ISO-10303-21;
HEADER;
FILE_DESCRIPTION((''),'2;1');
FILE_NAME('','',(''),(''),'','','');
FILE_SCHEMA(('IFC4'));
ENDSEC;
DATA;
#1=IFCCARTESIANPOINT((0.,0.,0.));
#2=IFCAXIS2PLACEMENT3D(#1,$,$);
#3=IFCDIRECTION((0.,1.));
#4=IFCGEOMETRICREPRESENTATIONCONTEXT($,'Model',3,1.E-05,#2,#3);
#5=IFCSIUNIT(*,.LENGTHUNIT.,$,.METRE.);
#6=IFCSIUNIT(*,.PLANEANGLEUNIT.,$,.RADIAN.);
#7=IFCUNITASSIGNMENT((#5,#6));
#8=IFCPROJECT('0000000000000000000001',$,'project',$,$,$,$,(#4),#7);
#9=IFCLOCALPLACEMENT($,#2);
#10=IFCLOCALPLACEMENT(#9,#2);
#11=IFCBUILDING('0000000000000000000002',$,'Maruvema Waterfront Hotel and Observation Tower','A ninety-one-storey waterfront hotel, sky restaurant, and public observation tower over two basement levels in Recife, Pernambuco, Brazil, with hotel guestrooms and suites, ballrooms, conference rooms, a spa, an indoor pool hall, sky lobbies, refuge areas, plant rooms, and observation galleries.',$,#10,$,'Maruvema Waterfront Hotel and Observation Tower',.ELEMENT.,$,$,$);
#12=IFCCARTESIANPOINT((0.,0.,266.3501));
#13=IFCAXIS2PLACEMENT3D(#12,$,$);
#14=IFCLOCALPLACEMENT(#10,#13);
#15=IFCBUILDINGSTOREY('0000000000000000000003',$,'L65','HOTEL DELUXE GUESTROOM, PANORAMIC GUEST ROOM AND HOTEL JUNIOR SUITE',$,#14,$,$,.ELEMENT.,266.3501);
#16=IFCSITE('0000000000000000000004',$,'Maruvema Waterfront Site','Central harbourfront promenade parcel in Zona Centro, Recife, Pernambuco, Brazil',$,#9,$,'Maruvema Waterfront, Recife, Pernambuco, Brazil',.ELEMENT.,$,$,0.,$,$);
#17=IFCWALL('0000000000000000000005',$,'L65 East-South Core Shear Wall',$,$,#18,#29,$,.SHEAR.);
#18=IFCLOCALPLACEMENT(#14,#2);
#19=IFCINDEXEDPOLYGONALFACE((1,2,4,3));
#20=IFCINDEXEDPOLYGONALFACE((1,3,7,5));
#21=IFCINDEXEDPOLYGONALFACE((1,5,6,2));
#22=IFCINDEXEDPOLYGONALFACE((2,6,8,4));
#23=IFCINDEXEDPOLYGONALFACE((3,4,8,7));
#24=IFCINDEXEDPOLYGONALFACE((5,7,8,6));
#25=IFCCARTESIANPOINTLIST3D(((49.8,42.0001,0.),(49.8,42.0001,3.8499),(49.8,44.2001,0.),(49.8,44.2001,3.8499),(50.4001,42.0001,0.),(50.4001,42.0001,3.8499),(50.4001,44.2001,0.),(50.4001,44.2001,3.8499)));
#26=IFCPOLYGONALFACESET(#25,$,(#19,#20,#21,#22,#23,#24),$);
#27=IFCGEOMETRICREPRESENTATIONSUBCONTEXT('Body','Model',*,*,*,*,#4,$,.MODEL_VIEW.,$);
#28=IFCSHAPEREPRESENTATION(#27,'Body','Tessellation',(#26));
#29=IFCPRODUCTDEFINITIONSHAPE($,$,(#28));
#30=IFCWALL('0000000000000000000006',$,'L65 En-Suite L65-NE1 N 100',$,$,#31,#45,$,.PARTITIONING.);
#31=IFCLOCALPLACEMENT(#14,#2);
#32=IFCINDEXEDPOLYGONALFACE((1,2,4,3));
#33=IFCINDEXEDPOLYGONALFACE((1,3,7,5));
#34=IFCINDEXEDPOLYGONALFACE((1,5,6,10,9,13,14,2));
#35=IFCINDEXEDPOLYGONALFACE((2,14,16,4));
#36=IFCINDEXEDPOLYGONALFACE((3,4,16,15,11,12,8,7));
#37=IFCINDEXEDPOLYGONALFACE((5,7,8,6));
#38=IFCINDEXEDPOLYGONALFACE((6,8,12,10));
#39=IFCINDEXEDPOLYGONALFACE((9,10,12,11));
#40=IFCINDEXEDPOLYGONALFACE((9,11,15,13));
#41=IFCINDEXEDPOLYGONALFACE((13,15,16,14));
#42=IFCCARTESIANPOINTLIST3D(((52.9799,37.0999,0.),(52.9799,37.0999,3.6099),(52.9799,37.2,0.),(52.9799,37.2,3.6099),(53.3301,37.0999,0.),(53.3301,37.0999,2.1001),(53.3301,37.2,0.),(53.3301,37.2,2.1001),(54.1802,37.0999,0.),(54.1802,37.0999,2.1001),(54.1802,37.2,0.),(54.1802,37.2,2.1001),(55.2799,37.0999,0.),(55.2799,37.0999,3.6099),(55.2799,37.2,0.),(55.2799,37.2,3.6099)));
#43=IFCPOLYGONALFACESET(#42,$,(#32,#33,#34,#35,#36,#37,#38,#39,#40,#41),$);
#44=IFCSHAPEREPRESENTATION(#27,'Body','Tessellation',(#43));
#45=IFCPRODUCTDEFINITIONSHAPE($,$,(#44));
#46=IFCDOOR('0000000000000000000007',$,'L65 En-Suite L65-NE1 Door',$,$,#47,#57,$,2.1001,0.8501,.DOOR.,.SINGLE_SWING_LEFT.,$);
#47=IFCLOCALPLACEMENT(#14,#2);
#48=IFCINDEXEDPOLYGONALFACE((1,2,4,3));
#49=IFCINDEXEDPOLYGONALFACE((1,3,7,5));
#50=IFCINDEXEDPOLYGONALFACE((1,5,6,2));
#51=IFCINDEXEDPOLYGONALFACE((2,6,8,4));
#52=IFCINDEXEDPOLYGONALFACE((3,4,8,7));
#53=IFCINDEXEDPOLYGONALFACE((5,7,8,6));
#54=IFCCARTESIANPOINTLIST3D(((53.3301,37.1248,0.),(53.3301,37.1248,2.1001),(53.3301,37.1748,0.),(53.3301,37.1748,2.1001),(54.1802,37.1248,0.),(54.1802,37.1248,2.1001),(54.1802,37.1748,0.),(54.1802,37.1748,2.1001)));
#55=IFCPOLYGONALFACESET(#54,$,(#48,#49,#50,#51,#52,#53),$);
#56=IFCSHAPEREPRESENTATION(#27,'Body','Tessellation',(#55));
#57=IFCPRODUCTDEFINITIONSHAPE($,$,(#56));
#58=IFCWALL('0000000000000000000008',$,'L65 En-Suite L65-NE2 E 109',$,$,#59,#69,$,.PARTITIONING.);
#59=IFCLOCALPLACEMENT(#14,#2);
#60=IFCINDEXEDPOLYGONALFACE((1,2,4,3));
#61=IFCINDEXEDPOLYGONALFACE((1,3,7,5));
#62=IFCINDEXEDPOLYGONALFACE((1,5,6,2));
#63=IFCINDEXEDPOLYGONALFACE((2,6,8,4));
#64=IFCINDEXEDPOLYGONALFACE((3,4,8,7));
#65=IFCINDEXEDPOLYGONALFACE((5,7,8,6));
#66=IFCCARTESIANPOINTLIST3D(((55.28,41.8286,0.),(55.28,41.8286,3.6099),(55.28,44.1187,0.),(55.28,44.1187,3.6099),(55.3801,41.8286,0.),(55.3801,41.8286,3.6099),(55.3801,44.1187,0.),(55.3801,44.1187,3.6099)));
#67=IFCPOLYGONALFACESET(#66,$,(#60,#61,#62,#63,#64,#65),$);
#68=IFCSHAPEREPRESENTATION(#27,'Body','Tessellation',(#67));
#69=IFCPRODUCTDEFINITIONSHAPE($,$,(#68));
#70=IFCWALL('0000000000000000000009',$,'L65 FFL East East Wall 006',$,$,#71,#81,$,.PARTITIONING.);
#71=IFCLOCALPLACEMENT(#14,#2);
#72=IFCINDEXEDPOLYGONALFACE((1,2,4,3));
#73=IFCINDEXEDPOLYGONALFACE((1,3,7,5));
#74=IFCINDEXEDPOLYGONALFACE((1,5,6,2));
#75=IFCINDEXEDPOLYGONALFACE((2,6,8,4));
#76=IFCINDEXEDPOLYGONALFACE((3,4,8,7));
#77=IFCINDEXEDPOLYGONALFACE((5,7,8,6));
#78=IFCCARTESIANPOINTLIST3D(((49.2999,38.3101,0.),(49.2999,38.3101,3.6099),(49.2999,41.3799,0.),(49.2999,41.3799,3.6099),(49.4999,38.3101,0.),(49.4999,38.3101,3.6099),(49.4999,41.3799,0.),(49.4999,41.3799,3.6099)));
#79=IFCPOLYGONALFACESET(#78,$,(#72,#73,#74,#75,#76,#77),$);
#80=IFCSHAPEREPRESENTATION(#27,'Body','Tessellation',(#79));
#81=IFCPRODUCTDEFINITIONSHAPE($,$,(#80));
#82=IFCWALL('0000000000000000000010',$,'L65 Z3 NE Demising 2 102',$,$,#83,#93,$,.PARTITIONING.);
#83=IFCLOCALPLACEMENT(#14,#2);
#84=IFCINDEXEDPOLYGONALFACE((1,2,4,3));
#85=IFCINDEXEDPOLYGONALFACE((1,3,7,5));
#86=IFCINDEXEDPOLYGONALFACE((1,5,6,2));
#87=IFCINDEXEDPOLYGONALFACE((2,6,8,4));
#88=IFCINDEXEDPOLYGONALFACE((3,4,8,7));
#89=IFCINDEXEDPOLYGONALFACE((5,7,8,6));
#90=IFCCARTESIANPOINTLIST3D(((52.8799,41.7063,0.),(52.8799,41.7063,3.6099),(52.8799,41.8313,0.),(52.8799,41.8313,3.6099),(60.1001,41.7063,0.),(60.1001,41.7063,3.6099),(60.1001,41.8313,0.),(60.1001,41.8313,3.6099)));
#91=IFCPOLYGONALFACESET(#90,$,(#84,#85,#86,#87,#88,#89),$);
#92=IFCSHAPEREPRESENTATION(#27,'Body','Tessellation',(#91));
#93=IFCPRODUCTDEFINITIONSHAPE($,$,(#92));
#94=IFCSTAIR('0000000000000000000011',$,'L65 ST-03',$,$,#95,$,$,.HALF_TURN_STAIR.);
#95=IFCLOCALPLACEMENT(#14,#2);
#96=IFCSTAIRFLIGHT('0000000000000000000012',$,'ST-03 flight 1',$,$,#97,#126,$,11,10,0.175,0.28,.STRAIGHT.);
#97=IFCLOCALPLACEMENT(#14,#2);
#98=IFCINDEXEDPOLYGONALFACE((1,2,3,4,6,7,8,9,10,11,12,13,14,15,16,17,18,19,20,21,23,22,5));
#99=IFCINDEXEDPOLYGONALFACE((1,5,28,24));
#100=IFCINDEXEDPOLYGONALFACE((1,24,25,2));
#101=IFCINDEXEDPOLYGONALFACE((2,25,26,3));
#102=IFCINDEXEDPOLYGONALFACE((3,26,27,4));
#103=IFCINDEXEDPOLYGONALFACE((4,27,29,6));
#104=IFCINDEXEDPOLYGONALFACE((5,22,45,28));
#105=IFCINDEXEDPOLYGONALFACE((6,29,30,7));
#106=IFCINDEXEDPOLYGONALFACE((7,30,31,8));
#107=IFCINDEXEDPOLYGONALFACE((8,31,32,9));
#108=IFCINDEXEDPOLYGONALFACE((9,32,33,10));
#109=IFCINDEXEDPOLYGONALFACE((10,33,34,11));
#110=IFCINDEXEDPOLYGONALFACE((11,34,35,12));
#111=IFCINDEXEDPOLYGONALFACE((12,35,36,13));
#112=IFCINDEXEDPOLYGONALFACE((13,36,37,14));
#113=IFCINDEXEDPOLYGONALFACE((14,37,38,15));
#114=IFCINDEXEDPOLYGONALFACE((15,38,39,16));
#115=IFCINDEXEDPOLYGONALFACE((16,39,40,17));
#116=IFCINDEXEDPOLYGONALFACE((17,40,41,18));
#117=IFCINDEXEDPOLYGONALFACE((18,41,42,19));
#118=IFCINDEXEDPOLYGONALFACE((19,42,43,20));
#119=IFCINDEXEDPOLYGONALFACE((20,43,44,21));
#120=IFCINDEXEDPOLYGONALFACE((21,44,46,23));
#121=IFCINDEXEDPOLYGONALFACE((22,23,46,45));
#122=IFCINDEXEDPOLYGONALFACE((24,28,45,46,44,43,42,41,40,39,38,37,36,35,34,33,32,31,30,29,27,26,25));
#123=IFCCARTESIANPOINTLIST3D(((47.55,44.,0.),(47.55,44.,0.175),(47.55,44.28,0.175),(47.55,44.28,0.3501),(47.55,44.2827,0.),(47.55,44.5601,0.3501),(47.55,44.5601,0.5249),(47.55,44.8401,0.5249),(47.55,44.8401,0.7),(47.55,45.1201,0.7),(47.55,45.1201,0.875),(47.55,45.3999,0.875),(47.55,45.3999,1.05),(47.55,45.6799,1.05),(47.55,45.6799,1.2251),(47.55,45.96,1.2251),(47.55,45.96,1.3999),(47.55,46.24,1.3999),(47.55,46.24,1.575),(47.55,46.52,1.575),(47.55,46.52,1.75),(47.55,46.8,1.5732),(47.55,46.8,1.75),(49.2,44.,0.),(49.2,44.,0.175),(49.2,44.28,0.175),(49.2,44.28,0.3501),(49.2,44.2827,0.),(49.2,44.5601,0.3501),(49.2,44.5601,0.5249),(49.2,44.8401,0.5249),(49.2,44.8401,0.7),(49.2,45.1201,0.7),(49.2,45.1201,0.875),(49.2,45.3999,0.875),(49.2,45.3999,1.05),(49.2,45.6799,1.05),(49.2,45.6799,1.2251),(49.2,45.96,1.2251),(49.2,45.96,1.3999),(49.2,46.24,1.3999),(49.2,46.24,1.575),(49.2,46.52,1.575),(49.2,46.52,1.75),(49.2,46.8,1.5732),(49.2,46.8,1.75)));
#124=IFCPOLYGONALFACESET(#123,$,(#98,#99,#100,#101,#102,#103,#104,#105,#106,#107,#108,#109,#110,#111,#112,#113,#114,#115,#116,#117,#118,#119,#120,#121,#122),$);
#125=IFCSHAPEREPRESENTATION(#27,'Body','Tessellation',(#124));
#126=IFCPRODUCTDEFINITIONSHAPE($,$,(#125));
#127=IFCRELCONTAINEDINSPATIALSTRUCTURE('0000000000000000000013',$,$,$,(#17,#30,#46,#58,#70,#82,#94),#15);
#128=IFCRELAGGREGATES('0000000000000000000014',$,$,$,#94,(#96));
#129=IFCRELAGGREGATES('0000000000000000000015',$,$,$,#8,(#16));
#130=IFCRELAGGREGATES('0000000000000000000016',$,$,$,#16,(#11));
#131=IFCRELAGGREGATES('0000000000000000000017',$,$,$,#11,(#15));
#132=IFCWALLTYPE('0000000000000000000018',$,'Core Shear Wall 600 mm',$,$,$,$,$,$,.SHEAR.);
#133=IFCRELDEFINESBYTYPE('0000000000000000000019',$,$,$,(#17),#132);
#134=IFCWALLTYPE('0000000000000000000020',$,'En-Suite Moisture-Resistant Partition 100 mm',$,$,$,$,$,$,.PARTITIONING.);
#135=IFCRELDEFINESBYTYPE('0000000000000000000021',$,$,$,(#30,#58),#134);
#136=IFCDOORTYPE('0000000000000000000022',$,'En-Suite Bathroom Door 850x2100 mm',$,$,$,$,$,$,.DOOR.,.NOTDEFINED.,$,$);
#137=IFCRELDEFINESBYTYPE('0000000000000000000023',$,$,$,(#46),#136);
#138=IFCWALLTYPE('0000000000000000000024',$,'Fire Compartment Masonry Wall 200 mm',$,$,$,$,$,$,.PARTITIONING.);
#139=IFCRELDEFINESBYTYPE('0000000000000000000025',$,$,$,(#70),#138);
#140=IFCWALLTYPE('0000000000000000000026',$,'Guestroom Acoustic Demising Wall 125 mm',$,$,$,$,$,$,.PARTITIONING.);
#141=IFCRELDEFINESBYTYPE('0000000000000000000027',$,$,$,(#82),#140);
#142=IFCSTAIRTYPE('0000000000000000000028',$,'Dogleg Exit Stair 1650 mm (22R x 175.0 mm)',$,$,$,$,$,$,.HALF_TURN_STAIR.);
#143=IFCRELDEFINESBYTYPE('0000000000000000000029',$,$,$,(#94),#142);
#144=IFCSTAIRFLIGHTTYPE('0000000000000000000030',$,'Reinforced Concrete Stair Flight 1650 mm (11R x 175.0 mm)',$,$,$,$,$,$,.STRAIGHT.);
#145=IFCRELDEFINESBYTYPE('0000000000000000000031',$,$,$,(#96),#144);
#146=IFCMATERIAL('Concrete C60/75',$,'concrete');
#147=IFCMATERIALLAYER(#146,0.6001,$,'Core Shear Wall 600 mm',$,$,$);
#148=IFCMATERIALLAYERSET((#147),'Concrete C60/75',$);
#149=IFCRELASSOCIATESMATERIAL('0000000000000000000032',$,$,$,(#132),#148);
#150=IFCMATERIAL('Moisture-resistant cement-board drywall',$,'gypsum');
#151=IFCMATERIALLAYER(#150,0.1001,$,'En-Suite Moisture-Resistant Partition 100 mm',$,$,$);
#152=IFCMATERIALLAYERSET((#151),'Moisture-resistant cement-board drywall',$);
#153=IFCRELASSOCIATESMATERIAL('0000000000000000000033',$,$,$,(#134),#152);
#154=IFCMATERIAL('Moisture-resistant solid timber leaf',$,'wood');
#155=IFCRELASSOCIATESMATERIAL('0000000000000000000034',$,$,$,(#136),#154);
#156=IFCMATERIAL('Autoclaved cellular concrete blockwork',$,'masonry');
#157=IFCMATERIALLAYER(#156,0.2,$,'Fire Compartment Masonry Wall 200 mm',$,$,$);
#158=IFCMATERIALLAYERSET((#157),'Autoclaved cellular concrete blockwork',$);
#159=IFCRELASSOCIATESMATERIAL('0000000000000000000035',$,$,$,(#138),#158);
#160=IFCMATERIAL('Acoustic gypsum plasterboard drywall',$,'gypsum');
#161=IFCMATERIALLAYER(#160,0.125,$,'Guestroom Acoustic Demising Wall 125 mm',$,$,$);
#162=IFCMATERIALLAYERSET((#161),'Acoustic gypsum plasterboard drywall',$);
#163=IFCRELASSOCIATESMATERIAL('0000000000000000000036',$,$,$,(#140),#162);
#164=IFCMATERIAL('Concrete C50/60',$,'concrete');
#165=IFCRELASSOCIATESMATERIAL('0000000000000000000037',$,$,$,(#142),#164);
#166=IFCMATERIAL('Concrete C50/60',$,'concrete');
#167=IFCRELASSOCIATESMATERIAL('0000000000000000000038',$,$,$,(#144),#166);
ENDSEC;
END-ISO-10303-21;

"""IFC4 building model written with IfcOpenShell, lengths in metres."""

from ifc_helpers import new_model, si_unit, direction, frame, frame_2d, origin, place, context, subcontext, project, spatial, polyline, rectangle, outline, extrude, material, layer, layer_set, type_object, element, fill, aggregate, save


model = new_model("IFC4")

# Units and contexts
model_context = context("Model", 3, precision=1e-05, world=origin(), true_north=direction((0.0, 1.0)))
body_context = subcontext(model_context, "Body", "Model", "MODEL_VIEW")
ifc_project = project(units=[si_unit("LENGTHUNIT", "METRE"), si_unit("PLANEANGLEUNIT", "RADIAN")], contexts=[model_context])

# Site, building, storey
site_placement = place(None, origin())
site = spatial("IfcSite", under=ifc_project, at=site_placement, Name="Maruvema Waterfront Site", Description="Central harbourfront promenade parcel in Zona Centro, Recife, Pernambuco, Brazil", LongName="Maruvema Waterfront, Recife, Pernambuco, Brazil", CompositionType="ELEMENT", RefElevation=0.0)
building_placement = place(site_placement, origin())
building = spatial("IfcBuilding", under=site, at=building_placement, Name="Maruvema Waterfront Hotel and Observation Tower", Description="A ninety-one-storey waterfront hotel, sky restaurant, and public observation tower over two basement levels in Recife, Pernambuco, Brazil, with hotel guestrooms and suites, ballrooms, conference rooms, a spa, an indoor pool hall, sky lobbies, refuge areas, plant rooms, and observation galleries.", LongName="Maruvema Waterfront Hotel and Observation Tower", CompositionType="ELEMENT")
storey_placement = place(building_placement, frame((0.0, 0.0, 266.3501)))
storey = spatial("IfcBuildingStorey", under=building, at=storey_placement, Name="L65", Description="HOTEL DELUXE GUESTROOM, PANORAMIC GUEST ROOM AND HOTEL JUNIOR SUITE", CompositionType="ELEMENT", Elevation=266.3501)

# Wall
ifc_material_1 = material(Name="Concrete C60/75", Category="concrete")
ifc_layer_1 = layer(ifc_material_1, 0.6001, Name="Core Shear Wall 600 mm")
ifc_layer_set_1 = layer_set([ifc_layer_1], Name="Concrete C60/75")
wall_type_1 = type_object("IfcWallType", Name="Core Shear Wall 600 mm", PredefinedType="SHEAR", material=ifc_layer_set_1)
wall_1_placement = place(storey_placement, frame((50.1001, 42.0, 0.0), z_axis=(0.0, 0.0, 1.0), x_axis=(0.0, 1.0, 0.0)))
element("IfcWall", 1, at=wall_1_placement, inside=storey, type_object=wall_type_1, Name="L65 East-South Core Shear Wall", PredefinedType="SHEAR", context=body_context, shape_type="SweptSolid", body=[
    extrude(rectangle(XDim=2.2, YDim=0.6001, at=frame_2d((1.1001, 0.0))), origin(), (0.0, 0.0, 1.0), 3.8499),
])

# Wall, opening, door
ifc_material_2 = material(Name="Moisture-resistant cement-board drywall", Category="gypsum")
ifc_layer_2 = layer(ifc_material_2, 0.1001, Name="En-Suite Moisture-Resistant Partition 100 mm")
ifc_layer_set_2 = layer_set([ifc_layer_2], Name="Moisture-resistant cement-board drywall")
wall_type_2 = type_object("IfcWallType", Name="En-Suite Moisture-Resistant Partition 100 mm", PredefinedType="PARTITIONING", material=ifc_layer_set_2)
wall_2_placement = place(storey_placement, frame((52.98, 37.1499, 0.0), z_axis=(0.0, 0.0, 1.0), x_axis=(1.0, 0.0, 0.0)))
wall_2 = element("IfcWall", 2, at=wall_2_placement, inside=storey, type_object=wall_type_2, Name="L65 En-Suite L65-NE1 N 100", PredefinedType="PARTITIONING", context=body_context, shape_type="SweptSolid", body=[
    extrude(rectangle(XDim=2.3, YDim=0.1001, at=frame_2d((1.1499, 0.0))), origin(), (0.0, 0.0, 1.0), 3.6099),
])
opening_1_placement = place(wall_2_placement, frame((0.3501, 0.0, 0.0)))
opening_1 = element("IfcOpeningElement", 3, at=opening_1_placement, cuts=wall_2, PredefinedType="OPENING", context=body_context, shape_type="SweptSolid", body=[
    extrude(rectangle(XDim=0.8501, YDim=2.1001, at=frame_2d((0.425, 1.05))), frame((0.0, 0.0601, 0.0), z_axis=(0.0, -1.0, 0.0), x_axis=(1.0, 0.0, 0.0)), (0.0, 0.0, 1.0), 0.1201),
])
ifc_material_3 = material(Name="Moisture-resistant solid timber leaf", Category="wood")
door_type_1 = type_object("IfcDoorType", Name="En-Suite Bathroom Door 850x2100 mm", OperationType="NOTDEFINED", PredefinedType="DOOR", material=ifc_material_3)
door_1_placement = place(opening_1_placement, origin())
door_1 = element("IfcDoor", 4, at=door_1_placement, inside=storey, type_object=door_type_1, Name="L65 En-Suite L65-NE1 Door", OperationType="SINGLE_SWING_LEFT", OverallHeight=2.1001, OverallWidth=0.8501, PredefinedType="DOOR", context=body_context, shape_type="SweptSolid", body=[
    extrude(rectangle(XDim=0.8501, YDim=2.1001, at=frame_2d((0.425, 1.05))), frame((0.0, 0.0249, 0.0), z_axis=(0.0, -1.0, 0.0), x_axis=(1.0, 0.0, 0.0)), (0.0, 0.0, 1.0), 0.05),
])
fill(opening_1, door_1)

# Walls
wall_3_placement = place(storey_placement, frame((55.3301, 41.8286, 0.0), z_axis=(0.0, 0.0, 1.0), x_axis=(0.0, 1.0, 0.0)))
element("IfcWall", 5, at=wall_3_placement, inside=storey, type_object=wall_type_2, Name="L65 En-Suite L65-NE2 E 109", PredefinedType="PARTITIONING", context=body_context, shape_type="SweptSolid", body=[
    extrude(rectangle(XDim=2.29, YDim=0.1001, at=frame_2d((1.145, 0.0))), origin(), (0.0, 0.0, 1.0), 3.6099),
])
ifc_material_4 = material(Name="Autoclaved cellular concrete blockwork", Category="masonry")
ifc_layer_3 = layer(ifc_material_4, 0.2, Name="Fire Compartment Masonry Wall 200 mm")
ifc_layer_set_3 = layer_set([ifc_layer_3], Name="Autoclaved cellular concrete blockwork")
wall_type_3 = type_object("IfcWallType", Name="Fire Compartment Masonry Wall 200 mm", PredefinedType="PARTITIONING", material=ifc_layer_set_3)
wall_4_placement = place(storey_placement, frame((49.3999, 38.3101, 0.0), z_axis=(0.0, 0.0, 1.0), x_axis=(0.0, 1.0, 0.0)))
element("IfcWall", 6, at=wall_4_placement, inside=storey, type_object=wall_type_3, Name="L65 FFL East East Wall 006", PredefinedType="PARTITIONING", context=body_context, shape_type="SweptSolid", body=[
    extrude(rectangle(XDim=3.0698, YDim=0.2, at=frame_2d((1.5349, 0.0))), origin(), (0.0, 0.0, 1.0), 3.6099),
])
ifc_material_5 = material(Name="Acoustic gypsum plasterboard drywall", Category="gypsum")
ifc_layer_4 = layer(ifc_material_5, 0.125, Name="Guestroom Acoustic Demising Wall 125 mm")
ifc_layer_set_4 = layer_set([ifc_layer_4], Name="Acoustic gypsum plasterboard drywall")
wall_type_4 = type_object("IfcWallType", Name="Guestroom Acoustic Demising Wall 125 mm", PredefinedType="PARTITIONING", material=ifc_layer_set_4)
wall_5_placement = place(storey_placement, frame((52.8799, 41.7688, 0.0), z_axis=(0.0, 0.0, 1.0), x_axis=(1.0, 0.0, 0.0)))
element("IfcWall", 7, at=wall_5_placement, inside=storey, type_object=wall_type_4, Name="L65 Z3 NE Demising 2 102", PredefinedType="PARTITIONING", context=body_context, shape_type="SweptSolid", body=[
    extrude(rectangle(XDim=7.2202, YDim=0.125, at=frame_2d((3.6101, 0.0))), origin(), (0.0, 0.0, 1.0), 3.6099),
])

# Stair, stair flight
ifc_material_6 = material(Name="Concrete C50/60", Category="concrete")
stair_type = type_object("IfcStairType", Name="Dogleg Exit Stair 1650 mm (22R x 175.0 mm)", PredefinedType="HALF_TURN_STAIR", material=ifc_material_6)
stair_placement = place(storey_placement, origin())
stair = element("IfcStair", 8, at=stair_placement, inside=storey, type_object=stair_type, Name="L65 ST-03", PredefinedType="HALF_TURN_STAIR")
ifc_material_7 = material(Name="Concrete C50/60", Category="concrete")
stair_flight_type = type_object("IfcStairFlightType", Name="Reinforced Concrete Stair Flight 1650 mm (11R x 175.0 mm)", PredefinedType="STRAIGHT", material=ifc_material_7)
stair_flight_placement = place(storey_placement, frame((48.375, 44.0, 0.0), z_axis=(0.0, 0.0, 1.0), x_axis=(0.0, 1.0, 0.0)))
stair_flight = element("IfcStairFlight", 9, at=stair_flight_placement, type_object=stair_flight_type, Name="ST-03 flight 1", NumberOfRisers=11, NumberOfTreads=10, PredefinedType="STRAIGHT", RiserHeight=0.175, TreadLength=0.28, context=body_context, shape_type="SweptSolid", body=[
    extrude(outline(polyline([(0.0, 0.0), (0.0, 0.175), (0.28, 0.175), (0.28, 0.3501), (0.5601, 0.3501), (0.5601, 0.5249), (0.8401, 0.5249), (0.8401, 0.7), (1.1201, 0.7), (1.1201, 0.875), (1.3999, 0.875), (1.3999, 1.05), (1.6799, 1.05), (1.6799, 1.2251), (1.96, 1.2251), (1.96, 1.3999), (2.24, 1.3999), (2.24, 1.575), (2.52, 1.575), (2.52, 1.75), (2.8, 1.75), (2.8, 1.925), (2.8, 1.5732), (0.2827, 0.0), (0.0, 0.0)])), frame((0.0, 0.825, 0.0), z_axis=(0.0, -1.0, 0.0), x_axis=(1.0, 0.0, 0.0)), (0.0, 0.0, 1.0), 1.6499),
])
aggregate(stair, [stair_flight])

save(model, "model.ifc")
